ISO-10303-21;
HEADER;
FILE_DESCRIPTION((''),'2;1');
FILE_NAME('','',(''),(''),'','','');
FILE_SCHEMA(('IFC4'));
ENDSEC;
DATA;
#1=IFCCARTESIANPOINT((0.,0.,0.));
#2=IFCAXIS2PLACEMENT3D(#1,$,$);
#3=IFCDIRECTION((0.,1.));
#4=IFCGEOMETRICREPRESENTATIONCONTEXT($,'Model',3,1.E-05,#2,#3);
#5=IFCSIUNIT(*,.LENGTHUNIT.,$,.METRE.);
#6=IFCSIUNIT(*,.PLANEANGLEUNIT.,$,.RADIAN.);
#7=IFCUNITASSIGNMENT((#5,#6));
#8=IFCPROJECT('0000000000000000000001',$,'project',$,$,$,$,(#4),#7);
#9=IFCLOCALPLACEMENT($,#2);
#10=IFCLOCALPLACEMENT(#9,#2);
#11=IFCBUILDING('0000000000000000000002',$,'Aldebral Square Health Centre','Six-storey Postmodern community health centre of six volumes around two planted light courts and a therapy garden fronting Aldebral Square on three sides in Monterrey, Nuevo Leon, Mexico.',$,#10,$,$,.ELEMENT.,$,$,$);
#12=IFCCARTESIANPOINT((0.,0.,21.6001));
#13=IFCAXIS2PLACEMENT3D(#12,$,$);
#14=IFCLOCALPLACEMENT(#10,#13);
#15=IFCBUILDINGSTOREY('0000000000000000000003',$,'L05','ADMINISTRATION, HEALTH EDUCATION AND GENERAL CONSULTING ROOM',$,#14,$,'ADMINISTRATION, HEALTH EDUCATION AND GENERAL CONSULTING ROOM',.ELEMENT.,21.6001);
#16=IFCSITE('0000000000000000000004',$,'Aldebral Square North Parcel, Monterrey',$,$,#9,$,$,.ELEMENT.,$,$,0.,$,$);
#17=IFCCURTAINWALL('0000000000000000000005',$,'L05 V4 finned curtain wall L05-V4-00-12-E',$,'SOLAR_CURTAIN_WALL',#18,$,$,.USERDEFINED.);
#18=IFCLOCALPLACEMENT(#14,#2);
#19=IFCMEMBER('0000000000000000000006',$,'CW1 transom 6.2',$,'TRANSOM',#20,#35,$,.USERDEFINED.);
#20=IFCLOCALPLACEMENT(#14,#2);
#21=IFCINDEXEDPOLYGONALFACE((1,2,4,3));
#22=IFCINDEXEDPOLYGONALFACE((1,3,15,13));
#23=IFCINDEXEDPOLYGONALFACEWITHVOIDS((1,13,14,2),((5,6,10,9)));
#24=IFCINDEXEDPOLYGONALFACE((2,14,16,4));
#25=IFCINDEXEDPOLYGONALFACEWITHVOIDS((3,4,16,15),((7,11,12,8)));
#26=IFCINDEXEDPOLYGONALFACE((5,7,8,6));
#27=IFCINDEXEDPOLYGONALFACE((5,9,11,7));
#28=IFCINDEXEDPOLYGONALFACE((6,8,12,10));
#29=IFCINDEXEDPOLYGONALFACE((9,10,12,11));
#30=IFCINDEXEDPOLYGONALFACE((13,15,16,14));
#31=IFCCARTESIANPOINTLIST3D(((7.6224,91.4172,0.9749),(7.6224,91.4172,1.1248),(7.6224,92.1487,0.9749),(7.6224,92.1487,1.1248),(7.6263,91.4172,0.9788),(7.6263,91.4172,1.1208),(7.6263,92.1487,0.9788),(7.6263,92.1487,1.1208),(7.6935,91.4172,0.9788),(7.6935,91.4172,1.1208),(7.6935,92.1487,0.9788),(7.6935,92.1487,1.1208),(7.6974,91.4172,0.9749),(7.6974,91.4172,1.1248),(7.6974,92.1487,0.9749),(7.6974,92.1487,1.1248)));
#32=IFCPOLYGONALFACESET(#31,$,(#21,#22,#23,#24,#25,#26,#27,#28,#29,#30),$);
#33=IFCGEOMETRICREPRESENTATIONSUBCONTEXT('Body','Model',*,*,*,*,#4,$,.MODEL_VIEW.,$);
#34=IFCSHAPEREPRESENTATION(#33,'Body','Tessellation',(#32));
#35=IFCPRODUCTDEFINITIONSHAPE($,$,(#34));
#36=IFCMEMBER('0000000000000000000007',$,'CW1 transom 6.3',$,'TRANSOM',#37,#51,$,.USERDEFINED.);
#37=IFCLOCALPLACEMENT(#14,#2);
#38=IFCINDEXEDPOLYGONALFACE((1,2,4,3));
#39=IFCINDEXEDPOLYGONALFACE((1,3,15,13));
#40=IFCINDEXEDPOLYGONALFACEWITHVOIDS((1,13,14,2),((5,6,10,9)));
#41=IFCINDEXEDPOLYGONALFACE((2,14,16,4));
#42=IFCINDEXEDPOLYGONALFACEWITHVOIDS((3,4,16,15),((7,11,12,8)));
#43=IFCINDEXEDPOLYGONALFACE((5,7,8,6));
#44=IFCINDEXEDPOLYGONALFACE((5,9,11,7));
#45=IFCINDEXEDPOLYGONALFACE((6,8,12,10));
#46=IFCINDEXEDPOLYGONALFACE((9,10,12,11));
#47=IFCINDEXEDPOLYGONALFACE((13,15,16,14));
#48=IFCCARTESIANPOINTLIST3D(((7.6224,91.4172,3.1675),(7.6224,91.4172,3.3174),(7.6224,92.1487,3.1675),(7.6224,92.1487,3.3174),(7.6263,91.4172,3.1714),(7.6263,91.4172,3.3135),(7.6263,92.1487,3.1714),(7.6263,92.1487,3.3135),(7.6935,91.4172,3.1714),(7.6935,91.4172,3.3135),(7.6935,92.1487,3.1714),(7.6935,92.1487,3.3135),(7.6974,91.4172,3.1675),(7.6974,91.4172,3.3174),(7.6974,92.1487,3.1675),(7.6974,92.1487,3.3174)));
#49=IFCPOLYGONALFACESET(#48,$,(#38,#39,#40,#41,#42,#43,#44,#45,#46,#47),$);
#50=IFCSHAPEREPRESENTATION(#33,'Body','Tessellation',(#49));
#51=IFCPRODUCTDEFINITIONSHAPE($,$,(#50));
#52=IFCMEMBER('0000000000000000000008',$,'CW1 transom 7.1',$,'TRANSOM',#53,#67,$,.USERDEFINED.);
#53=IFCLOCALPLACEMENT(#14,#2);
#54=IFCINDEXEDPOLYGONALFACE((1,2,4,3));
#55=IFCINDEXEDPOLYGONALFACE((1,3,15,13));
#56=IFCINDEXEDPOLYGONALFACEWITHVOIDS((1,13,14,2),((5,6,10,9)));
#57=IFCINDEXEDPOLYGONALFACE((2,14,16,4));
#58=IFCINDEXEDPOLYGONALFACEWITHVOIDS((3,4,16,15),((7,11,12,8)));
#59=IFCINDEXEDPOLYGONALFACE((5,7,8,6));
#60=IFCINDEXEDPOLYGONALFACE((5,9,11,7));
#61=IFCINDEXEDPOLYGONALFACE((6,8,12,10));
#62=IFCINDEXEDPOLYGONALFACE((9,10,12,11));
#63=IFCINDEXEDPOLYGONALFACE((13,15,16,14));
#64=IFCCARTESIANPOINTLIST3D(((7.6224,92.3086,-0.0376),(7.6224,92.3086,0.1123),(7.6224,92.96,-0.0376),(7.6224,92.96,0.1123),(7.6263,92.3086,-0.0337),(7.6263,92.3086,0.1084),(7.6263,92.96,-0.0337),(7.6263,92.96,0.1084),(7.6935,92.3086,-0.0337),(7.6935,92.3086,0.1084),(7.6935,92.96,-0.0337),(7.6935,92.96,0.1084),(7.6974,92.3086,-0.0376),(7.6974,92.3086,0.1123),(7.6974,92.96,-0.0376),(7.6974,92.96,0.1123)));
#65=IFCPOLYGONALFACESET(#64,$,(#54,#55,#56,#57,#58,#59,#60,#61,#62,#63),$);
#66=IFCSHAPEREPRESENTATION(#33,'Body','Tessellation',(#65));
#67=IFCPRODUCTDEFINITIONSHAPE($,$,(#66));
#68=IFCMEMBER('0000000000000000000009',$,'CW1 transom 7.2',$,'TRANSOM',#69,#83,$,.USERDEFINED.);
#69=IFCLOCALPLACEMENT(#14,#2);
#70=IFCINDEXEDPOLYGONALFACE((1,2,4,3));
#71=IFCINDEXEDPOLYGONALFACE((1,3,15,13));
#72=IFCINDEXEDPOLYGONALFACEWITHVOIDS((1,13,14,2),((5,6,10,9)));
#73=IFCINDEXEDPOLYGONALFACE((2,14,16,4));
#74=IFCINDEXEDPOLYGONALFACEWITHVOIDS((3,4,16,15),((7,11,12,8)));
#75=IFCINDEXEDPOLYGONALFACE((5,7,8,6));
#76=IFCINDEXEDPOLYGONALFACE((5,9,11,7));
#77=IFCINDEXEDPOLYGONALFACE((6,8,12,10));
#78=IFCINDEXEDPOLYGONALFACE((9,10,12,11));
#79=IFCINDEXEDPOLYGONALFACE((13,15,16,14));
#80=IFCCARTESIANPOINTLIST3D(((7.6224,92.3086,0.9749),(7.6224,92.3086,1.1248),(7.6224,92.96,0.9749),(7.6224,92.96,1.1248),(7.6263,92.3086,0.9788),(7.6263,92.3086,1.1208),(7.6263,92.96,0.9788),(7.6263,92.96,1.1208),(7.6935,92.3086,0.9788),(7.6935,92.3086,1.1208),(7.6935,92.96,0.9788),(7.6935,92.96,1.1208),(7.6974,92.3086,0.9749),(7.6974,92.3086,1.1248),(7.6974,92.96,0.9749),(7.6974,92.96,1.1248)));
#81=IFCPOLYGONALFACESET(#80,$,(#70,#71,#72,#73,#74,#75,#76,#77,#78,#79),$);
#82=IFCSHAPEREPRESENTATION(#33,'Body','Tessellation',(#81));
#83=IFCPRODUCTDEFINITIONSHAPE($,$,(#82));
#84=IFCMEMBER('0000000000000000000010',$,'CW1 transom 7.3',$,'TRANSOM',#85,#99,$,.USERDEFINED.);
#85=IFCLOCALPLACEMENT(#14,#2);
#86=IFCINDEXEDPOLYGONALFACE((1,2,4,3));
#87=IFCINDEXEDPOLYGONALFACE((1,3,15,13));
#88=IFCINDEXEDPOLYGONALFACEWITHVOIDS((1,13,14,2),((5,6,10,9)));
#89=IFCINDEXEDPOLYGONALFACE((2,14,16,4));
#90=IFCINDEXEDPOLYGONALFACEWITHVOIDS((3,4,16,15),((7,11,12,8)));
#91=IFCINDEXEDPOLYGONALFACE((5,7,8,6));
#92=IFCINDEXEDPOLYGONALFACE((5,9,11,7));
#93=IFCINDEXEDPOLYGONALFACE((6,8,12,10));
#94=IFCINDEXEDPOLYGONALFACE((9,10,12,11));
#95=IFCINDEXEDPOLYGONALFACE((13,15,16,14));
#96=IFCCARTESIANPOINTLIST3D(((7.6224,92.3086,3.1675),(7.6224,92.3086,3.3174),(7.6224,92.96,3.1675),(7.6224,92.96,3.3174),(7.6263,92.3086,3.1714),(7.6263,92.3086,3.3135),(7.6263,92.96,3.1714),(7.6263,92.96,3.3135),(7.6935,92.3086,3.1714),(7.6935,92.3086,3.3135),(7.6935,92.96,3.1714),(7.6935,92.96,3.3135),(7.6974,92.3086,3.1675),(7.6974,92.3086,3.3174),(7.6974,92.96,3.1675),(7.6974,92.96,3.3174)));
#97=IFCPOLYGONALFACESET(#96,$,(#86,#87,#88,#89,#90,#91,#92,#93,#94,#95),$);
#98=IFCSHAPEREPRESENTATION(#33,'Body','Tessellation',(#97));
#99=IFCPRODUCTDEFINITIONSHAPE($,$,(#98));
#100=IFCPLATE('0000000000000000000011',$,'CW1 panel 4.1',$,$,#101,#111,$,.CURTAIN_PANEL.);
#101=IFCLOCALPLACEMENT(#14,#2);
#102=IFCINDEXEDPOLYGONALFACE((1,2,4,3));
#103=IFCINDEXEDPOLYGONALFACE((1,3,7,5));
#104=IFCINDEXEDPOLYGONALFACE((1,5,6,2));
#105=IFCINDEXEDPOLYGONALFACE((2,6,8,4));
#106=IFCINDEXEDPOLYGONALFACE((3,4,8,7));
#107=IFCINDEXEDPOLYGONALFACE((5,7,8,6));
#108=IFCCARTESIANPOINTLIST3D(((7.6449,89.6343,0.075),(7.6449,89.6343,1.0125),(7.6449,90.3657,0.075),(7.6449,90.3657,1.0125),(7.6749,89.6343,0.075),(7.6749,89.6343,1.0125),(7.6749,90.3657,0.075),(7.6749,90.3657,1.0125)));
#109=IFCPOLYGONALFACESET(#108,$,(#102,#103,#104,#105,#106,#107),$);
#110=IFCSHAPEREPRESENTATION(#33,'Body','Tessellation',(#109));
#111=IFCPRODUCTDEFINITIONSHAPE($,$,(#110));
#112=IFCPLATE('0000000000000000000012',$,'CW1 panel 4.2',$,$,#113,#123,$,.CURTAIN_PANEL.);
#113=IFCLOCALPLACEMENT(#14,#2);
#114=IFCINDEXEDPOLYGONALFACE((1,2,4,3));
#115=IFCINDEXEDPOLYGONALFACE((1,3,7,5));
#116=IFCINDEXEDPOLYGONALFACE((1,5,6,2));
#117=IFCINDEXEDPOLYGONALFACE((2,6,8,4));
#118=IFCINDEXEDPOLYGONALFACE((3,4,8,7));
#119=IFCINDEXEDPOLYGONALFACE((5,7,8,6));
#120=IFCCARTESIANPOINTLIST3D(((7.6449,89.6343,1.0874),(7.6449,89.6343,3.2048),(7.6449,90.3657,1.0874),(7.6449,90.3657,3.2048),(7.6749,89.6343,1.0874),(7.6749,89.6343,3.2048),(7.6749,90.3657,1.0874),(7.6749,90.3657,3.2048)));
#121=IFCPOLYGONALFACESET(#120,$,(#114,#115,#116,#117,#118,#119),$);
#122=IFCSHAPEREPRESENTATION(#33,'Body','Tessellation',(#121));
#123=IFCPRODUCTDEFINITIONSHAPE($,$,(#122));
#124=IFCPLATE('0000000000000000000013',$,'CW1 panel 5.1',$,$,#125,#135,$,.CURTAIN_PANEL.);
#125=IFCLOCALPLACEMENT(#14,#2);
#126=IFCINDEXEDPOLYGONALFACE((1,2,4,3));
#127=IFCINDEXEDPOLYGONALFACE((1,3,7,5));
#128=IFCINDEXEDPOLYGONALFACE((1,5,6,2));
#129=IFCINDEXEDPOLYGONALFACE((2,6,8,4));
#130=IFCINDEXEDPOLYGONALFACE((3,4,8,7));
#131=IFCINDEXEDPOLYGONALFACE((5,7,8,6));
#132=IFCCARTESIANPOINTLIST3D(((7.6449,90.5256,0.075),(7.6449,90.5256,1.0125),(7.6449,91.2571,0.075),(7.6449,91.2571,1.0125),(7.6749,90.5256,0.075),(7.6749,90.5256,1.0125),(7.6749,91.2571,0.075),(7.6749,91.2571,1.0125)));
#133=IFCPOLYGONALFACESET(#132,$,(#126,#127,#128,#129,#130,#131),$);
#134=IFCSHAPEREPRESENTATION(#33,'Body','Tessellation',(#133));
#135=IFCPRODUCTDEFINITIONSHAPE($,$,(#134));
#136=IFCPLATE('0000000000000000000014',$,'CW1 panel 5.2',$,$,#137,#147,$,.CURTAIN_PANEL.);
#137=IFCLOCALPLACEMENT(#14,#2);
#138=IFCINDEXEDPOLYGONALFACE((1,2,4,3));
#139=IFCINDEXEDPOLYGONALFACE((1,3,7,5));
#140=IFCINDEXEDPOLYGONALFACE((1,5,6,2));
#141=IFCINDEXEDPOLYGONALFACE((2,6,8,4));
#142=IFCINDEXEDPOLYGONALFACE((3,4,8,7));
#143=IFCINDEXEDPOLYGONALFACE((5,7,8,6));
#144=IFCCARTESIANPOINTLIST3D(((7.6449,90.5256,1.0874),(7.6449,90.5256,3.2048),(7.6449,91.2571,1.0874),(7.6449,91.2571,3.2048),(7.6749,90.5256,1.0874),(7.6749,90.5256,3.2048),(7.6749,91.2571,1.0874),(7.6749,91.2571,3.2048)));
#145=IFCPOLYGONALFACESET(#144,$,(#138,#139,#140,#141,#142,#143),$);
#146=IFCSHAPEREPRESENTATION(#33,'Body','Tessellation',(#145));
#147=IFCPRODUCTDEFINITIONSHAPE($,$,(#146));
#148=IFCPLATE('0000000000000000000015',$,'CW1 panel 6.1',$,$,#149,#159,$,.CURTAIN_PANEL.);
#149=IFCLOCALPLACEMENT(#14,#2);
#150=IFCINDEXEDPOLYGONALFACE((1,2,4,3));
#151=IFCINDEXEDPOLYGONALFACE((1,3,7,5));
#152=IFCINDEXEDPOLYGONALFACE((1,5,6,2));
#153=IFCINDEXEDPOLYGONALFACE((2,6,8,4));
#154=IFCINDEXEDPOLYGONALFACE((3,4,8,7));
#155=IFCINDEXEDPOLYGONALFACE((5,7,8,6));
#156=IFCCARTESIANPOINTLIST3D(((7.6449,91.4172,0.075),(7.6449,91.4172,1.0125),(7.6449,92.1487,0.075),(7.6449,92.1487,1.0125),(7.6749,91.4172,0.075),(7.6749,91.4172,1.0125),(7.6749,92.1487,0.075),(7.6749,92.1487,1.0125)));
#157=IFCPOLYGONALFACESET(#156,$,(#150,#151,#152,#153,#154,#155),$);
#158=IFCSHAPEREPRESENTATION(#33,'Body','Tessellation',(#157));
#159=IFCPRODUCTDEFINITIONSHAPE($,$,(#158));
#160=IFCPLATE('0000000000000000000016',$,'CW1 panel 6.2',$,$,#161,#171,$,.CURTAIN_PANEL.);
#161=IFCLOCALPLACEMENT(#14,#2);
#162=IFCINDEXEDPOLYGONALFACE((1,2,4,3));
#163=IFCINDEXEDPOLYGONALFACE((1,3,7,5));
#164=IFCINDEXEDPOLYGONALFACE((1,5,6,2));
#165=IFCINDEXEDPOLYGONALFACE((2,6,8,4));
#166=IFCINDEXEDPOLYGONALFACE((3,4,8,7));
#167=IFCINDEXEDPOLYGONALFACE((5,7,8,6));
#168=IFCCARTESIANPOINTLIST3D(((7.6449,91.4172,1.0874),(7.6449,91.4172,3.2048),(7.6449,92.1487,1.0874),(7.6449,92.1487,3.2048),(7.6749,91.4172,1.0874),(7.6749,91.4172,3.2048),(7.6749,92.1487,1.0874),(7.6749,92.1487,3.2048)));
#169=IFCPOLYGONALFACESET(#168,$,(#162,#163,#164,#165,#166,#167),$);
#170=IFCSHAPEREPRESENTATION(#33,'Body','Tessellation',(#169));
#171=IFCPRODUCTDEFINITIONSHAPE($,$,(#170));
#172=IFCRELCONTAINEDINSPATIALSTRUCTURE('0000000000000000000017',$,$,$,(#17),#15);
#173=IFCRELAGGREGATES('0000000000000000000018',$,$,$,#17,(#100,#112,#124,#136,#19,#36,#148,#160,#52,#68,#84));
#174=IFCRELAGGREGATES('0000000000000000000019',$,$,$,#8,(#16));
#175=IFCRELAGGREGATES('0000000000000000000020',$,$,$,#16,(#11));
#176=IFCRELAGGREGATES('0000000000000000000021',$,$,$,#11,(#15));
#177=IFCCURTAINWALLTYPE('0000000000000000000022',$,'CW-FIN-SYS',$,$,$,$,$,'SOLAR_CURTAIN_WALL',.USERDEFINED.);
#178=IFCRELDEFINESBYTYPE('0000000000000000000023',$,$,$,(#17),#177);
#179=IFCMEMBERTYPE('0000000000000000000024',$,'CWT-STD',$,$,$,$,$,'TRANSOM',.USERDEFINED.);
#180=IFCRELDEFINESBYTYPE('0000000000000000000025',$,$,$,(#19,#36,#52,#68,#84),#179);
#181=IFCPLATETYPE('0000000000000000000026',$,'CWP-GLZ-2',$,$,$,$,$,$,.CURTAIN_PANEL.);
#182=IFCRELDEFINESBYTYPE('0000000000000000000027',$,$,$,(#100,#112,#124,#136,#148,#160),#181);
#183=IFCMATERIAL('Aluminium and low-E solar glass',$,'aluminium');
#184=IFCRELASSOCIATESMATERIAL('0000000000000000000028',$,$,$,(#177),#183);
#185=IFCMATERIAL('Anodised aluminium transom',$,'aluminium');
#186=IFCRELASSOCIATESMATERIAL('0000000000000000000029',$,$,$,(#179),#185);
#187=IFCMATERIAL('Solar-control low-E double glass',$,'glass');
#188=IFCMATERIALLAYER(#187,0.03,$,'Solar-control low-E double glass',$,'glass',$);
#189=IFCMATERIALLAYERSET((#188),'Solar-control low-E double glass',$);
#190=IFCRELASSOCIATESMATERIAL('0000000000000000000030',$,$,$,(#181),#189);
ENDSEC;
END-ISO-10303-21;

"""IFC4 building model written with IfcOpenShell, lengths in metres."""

from ifc_helpers import new_model, si_unit, direction, frame, origin, origin_2d, place, context, subcontext, project, spatial, rectangle, hollow_rectangle, extrude, material, layer, layer_set, material_profile, profile_set, type_object, element, aggregate, save


model = new_model("IFC4")

# Units and contexts
model_context = context("Model", 3, precision=1e-05, world=origin(), true_north=direction((0.0, 1.0)))
body_context = subcontext(model_context, "Body", "Model", "MODEL_VIEW")
ifc_project = project(units=[si_unit("LENGTHUNIT", "METRE"), si_unit("PLANEANGLEUNIT", "RADIAN")], contexts=[model_context])

# Site, building, storey
site_placement = place(None, origin())
site = spatial("IfcSite", under=ifc_project, at=site_placement, Name="Aldebral Square North Parcel, Monterrey", CompositionType="ELEMENT", RefElevation=0.0)
building_placement = place(site_placement, origin())
building = spatial("IfcBuilding", under=site, at=building_placement, Name="Aldebral Square Health Centre", Description="Six-storey Postmodern community health centre of six volumes around two planted light courts and a therapy garden fronting Aldebral Square on three sides in Monterrey, Nuevo Leon, Mexico.", CompositionType="ELEMENT")
storey_placement = place(building_placement, frame((0.0, 0.0, 21.6001)))
storey = spatial("IfcBuildingStorey", under=building, at=storey_placement, Name="L05", Description="ADMINISTRATION, HEALTH EDUCATION AND GENERAL CONSULTING ROOM", LongName="ADMINISTRATION, HEALTH EDUCATION AND GENERAL CONSULTING ROOM", CompositionType="ELEMENT", Elevation=21.6001)

# Curtain wall, members, plates
ifc_material_1 = material(Name="Aluminium and low-E solar glass", Category="aluminium")
curtain_wall_type = type_object("IfcCurtainWallType", Name="CW-FIN-SYS", ElementType="SOLAR_CURTAIN_WALL", PredefinedType="USERDEFINED", material=ifc_material_1)
curtain_wall_placement = place(storey_placement, origin())
curtain_wall = element("IfcCurtainWall", 1, at=curtain_wall_placement, inside=storey, type_object=curtain_wall_type, Name="L05 V4 finned curtain wall L05-V4-00-12-E", ObjectType="SOLAR_CURTAIN_WALL", PredefinedType="USERDEFINED")
ifc_material_2 = material(Name="Anodised aluminium transom", Category="aluminium")
ifc_material_profile_1 = material_profile(ifc_material_2, hollow_rectangle(XDim=0.075, YDim=0.1499, WallThickness=0.0039, at=origin_2d()), Name="CWT 75x150x4")
ifc_profile_set_1 = profile_set([ifc_material_profile_1], Name="Anodised aluminium transom")
member_type_1 = type_object("IfcMemberType", Name="CWT-STD", ElementType="TRANSOM", PredefinedType="USERDEFINED", material=ifc_profile_set_1)
member_1_placement = place(storey_placement, frame((7.6599, 91.4172, 1.0498), z_axis=(0.0, 1.0, 0.0), x_axis=(-1.0, 0.0, 0.0)))
member_1 = element("IfcMember", 2, at=member_1_placement, type_object=member_type_1, Name="CW1 transom 6.2", ObjectType="TRANSOM", PredefinedType="USERDEFINED", context=body_context, shape_type="SweptSolid", body=[
    extrude(hollow_rectangle(XDim=0.075, YDim=0.1499, WallThickness=0.0039, at=origin_2d()), origin(), (0.0, 0.0, 1.0), 0.7314),
])
member_2_placement = place(storey_placement, frame((7.6599, 91.4172, 3.2424), z_axis=(0.0, 1.0, 0.0), x_axis=(-1.0, 0.0, 0.0)))
member_2 = element("IfcMember", 3, at=member_2_placement, type_object=member_type_1, Name="CW1 transom 6.3", ObjectType="TRANSOM", PredefinedType="USERDEFINED", context=body_context, shape_type="SweptSolid", body=[
    extrude(hollow_rectangle(XDim=0.075, YDim=0.1499, WallThickness=0.0039, at=origin_2d()), origin(), (0.0, 0.0, 1.0), 0.7314),
])
member_3_placement = place(storey_placement, frame((7.6599, 92.3086, 0.0374), z_axis=(0.0, 1.0, 0.0), x_axis=(-1.0, 0.0, 0.0)))
member_3 = element("IfcMember", 4, at=member_3_placement, type_object=member_type_1, Name="CW1 transom 7.1", ObjectType="TRANSOM", PredefinedType="USERDEFINED", context=body_context, shape_type="SweptSolid", body=[
    extrude(hollow_rectangle(XDim=0.075, YDim=0.1499, WallThickness=0.0039, at=origin_2d()), origin(), (0.0, 0.0, 1.0), 0.6514),
])
member_4_placement = place(storey_placement, frame((7.6599, 92.3086, 1.0498), z_axis=(0.0, 1.0, 0.0), x_axis=(-1.0, 0.0, 0.0)))
member_4 = element("IfcMember", 5, at=member_4_placement, type_object=member_type_1, Name="CW1 transom 7.2", ObjectType="TRANSOM", PredefinedType="USERDEFINED", context=body_context, shape_type="SweptSolid", body=[
    extrude(hollow_rectangle(XDim=0.075, YDim=0.1499, WallThickness=0.0039, at=origin_2d()), origin(), (0.0, 0.0, 1.0), 0.6514),
])
member_5_placement = place(storey_placement, frame((7.6599, 92.3086, 3.2424), z_axis=(0.0, 1.0, 0.0), x_axis=(-1.0, 0.0, 0.0)))
member_5 = element("IfcMember", 6, at=member_5_placement, type_object=member_type_1, Name="CW1 transom 7.3", ObjectType="TRANSOM", PredefinedType="USERDEFINED", context=body_context, shape_type="SweptSolid", body=[
    extrude(hollow_rectangle(XDim=0.075, YDim=0.1499, WallThickness=0.0039, at=origin_2d()), origin(), (0.0, 0.0, 1.0), 0.6514),
])
ifc_material_3 = material(Name="Solar-control low-E double glass", Category="glass")
ifc_layer = layer(ifc_material_3, 0.03, Name="Solar-control low-E double glass", Category="glass")
ifc_layer_set = layer_set([ifc_layer], Name="Solar-control low-E double glass")
plate_type = type_object("IfcPlateType", Name="CWP-GLZ-2", PredefinedType="CURTAIN_PANEL", material=ifc_layer_set)
plate_1_placement = place(storey_placement, frame((7.6599, 90.0, 0.075), z_axis=(0.0, 0.0, 1.0), x_axis=(0.0, 1.0, 0.0)))
plate_1 = element("IfcPlate", 7, at=plate_1_placement, type_object=plate_type, Name="CW1 panel 4.1", PredefinedType="CURTAIN_PANEL", context=body_context, shape_type="SweptSolid", body=[
    extrude(rectangle(XDim=0.7314, YDim=0.03, at=origin_2d()), origin(), (0.0, 0.0, 1.0), 0.9375),
])
plate_2_placement = place(storey_placement, frame((7.6599, 90.0, 1.0874), z_axis=(0.0, 0.0, 1.0), x_axis=(0.0, 1.0, 0.0)))
plate_2 = element("IfcPlate", 8, at=plate_2_placement, type_object=plate_type, Name="CW1 panel 4.2", PredefinedType="CURTAIN_PANEL", context=body_context, shape_type="SweptSolid", body=[
    extrude(rectangle(XDim=0.7314, YDim=0.03, at=origin_2d()), origin(), (0.0, 0.0, 1.0), 2.1174),
])
plate_3_placement = place(storey_placement, frame((7.6599, 90.8914, 0.075), z_axis=(0.0, 0.0, 1.0), x_axis=(0.0, 1.0, 0.0)))
plate_3 = element("IfcPlate", 9, at=plate_3_placement, type_object=plate_type, Name="CW1 panel 5.1", PredefinedType="CURTAIN_PANEL", context=body_context, shape_type="SweptSolid", body=[
    extrude(rectangle(XDim=0.7314, YDim=0.03, at=origin_2d()), origin(), (0.0, 0.0, 1.0), 0.9375),
])
plate_4_placement = place(storey_placement, frame((7.6599, 90.8914, 1.0874), z_axis=(0.0, 0.0, 1.0), x_axis=(0.0, 1.0, 0.0)))
plate_4 = element("IfcPlate", 10, at=plate_4_placement, type_object=plate_type, Name="CW1 panel 5.2", PredefinedType="CURTAIN_PANEL", context=body_context, shape_type="SweptSolid", body=[
    extrude(rectangle(XDim=0.7314, YDim=0.03, at=origin_2d()), origin(), (0.0, 0.0, 1.0), 2.1174),
])
plate_5_placement = place(storey_placement, frame((7.6599, 91.783, 0.075), z_axis=(0.0, 0.0, 1.0), x_axis=(0.0, 1.0, 0.0)))
plate_5 = element("IfcPlate", 11, at=plate_5_placement, type_object=plate_type, Name="CW1 panel 6.1", PredefinedType="CURTAIN_PANEL", context=body_context, shape_type="SweptSolid", body=[
    extrude(rectangle(XDim=0.7314, YDim=0.03, at=origin_2d()), origin(), (0.0, 0.0, 1.0), 0.9375),
])
plate_6_placement = place(storey_placement, frame((7.6599, 91.783, 1.0874), z_axis=(0.0, 0.0, 1.0), x_axis=(0.0, 1.0, 0.0)))
plate_6 = element("IfcPlate", 12, at=plate_6_placement, type_object=plate_type, Name="CW1 panel 6.2", PredefinedType="CURTAIN_PANEL", context=body_context, shape_type="SweptSolid", body=[
    extrude(rectangle(XDim=0.7314, YDim=0.03, at=origin_2d()), origin(), (0.0, 0.0, 1.0), 2.1174),
])
aggregate(curtain_wall, [plate_1, plate_2, plate_3, plate_4, member_1, member_2, plate_5, plate_6, member_3, member_4, member_5])

save(model, "model.ifc")
